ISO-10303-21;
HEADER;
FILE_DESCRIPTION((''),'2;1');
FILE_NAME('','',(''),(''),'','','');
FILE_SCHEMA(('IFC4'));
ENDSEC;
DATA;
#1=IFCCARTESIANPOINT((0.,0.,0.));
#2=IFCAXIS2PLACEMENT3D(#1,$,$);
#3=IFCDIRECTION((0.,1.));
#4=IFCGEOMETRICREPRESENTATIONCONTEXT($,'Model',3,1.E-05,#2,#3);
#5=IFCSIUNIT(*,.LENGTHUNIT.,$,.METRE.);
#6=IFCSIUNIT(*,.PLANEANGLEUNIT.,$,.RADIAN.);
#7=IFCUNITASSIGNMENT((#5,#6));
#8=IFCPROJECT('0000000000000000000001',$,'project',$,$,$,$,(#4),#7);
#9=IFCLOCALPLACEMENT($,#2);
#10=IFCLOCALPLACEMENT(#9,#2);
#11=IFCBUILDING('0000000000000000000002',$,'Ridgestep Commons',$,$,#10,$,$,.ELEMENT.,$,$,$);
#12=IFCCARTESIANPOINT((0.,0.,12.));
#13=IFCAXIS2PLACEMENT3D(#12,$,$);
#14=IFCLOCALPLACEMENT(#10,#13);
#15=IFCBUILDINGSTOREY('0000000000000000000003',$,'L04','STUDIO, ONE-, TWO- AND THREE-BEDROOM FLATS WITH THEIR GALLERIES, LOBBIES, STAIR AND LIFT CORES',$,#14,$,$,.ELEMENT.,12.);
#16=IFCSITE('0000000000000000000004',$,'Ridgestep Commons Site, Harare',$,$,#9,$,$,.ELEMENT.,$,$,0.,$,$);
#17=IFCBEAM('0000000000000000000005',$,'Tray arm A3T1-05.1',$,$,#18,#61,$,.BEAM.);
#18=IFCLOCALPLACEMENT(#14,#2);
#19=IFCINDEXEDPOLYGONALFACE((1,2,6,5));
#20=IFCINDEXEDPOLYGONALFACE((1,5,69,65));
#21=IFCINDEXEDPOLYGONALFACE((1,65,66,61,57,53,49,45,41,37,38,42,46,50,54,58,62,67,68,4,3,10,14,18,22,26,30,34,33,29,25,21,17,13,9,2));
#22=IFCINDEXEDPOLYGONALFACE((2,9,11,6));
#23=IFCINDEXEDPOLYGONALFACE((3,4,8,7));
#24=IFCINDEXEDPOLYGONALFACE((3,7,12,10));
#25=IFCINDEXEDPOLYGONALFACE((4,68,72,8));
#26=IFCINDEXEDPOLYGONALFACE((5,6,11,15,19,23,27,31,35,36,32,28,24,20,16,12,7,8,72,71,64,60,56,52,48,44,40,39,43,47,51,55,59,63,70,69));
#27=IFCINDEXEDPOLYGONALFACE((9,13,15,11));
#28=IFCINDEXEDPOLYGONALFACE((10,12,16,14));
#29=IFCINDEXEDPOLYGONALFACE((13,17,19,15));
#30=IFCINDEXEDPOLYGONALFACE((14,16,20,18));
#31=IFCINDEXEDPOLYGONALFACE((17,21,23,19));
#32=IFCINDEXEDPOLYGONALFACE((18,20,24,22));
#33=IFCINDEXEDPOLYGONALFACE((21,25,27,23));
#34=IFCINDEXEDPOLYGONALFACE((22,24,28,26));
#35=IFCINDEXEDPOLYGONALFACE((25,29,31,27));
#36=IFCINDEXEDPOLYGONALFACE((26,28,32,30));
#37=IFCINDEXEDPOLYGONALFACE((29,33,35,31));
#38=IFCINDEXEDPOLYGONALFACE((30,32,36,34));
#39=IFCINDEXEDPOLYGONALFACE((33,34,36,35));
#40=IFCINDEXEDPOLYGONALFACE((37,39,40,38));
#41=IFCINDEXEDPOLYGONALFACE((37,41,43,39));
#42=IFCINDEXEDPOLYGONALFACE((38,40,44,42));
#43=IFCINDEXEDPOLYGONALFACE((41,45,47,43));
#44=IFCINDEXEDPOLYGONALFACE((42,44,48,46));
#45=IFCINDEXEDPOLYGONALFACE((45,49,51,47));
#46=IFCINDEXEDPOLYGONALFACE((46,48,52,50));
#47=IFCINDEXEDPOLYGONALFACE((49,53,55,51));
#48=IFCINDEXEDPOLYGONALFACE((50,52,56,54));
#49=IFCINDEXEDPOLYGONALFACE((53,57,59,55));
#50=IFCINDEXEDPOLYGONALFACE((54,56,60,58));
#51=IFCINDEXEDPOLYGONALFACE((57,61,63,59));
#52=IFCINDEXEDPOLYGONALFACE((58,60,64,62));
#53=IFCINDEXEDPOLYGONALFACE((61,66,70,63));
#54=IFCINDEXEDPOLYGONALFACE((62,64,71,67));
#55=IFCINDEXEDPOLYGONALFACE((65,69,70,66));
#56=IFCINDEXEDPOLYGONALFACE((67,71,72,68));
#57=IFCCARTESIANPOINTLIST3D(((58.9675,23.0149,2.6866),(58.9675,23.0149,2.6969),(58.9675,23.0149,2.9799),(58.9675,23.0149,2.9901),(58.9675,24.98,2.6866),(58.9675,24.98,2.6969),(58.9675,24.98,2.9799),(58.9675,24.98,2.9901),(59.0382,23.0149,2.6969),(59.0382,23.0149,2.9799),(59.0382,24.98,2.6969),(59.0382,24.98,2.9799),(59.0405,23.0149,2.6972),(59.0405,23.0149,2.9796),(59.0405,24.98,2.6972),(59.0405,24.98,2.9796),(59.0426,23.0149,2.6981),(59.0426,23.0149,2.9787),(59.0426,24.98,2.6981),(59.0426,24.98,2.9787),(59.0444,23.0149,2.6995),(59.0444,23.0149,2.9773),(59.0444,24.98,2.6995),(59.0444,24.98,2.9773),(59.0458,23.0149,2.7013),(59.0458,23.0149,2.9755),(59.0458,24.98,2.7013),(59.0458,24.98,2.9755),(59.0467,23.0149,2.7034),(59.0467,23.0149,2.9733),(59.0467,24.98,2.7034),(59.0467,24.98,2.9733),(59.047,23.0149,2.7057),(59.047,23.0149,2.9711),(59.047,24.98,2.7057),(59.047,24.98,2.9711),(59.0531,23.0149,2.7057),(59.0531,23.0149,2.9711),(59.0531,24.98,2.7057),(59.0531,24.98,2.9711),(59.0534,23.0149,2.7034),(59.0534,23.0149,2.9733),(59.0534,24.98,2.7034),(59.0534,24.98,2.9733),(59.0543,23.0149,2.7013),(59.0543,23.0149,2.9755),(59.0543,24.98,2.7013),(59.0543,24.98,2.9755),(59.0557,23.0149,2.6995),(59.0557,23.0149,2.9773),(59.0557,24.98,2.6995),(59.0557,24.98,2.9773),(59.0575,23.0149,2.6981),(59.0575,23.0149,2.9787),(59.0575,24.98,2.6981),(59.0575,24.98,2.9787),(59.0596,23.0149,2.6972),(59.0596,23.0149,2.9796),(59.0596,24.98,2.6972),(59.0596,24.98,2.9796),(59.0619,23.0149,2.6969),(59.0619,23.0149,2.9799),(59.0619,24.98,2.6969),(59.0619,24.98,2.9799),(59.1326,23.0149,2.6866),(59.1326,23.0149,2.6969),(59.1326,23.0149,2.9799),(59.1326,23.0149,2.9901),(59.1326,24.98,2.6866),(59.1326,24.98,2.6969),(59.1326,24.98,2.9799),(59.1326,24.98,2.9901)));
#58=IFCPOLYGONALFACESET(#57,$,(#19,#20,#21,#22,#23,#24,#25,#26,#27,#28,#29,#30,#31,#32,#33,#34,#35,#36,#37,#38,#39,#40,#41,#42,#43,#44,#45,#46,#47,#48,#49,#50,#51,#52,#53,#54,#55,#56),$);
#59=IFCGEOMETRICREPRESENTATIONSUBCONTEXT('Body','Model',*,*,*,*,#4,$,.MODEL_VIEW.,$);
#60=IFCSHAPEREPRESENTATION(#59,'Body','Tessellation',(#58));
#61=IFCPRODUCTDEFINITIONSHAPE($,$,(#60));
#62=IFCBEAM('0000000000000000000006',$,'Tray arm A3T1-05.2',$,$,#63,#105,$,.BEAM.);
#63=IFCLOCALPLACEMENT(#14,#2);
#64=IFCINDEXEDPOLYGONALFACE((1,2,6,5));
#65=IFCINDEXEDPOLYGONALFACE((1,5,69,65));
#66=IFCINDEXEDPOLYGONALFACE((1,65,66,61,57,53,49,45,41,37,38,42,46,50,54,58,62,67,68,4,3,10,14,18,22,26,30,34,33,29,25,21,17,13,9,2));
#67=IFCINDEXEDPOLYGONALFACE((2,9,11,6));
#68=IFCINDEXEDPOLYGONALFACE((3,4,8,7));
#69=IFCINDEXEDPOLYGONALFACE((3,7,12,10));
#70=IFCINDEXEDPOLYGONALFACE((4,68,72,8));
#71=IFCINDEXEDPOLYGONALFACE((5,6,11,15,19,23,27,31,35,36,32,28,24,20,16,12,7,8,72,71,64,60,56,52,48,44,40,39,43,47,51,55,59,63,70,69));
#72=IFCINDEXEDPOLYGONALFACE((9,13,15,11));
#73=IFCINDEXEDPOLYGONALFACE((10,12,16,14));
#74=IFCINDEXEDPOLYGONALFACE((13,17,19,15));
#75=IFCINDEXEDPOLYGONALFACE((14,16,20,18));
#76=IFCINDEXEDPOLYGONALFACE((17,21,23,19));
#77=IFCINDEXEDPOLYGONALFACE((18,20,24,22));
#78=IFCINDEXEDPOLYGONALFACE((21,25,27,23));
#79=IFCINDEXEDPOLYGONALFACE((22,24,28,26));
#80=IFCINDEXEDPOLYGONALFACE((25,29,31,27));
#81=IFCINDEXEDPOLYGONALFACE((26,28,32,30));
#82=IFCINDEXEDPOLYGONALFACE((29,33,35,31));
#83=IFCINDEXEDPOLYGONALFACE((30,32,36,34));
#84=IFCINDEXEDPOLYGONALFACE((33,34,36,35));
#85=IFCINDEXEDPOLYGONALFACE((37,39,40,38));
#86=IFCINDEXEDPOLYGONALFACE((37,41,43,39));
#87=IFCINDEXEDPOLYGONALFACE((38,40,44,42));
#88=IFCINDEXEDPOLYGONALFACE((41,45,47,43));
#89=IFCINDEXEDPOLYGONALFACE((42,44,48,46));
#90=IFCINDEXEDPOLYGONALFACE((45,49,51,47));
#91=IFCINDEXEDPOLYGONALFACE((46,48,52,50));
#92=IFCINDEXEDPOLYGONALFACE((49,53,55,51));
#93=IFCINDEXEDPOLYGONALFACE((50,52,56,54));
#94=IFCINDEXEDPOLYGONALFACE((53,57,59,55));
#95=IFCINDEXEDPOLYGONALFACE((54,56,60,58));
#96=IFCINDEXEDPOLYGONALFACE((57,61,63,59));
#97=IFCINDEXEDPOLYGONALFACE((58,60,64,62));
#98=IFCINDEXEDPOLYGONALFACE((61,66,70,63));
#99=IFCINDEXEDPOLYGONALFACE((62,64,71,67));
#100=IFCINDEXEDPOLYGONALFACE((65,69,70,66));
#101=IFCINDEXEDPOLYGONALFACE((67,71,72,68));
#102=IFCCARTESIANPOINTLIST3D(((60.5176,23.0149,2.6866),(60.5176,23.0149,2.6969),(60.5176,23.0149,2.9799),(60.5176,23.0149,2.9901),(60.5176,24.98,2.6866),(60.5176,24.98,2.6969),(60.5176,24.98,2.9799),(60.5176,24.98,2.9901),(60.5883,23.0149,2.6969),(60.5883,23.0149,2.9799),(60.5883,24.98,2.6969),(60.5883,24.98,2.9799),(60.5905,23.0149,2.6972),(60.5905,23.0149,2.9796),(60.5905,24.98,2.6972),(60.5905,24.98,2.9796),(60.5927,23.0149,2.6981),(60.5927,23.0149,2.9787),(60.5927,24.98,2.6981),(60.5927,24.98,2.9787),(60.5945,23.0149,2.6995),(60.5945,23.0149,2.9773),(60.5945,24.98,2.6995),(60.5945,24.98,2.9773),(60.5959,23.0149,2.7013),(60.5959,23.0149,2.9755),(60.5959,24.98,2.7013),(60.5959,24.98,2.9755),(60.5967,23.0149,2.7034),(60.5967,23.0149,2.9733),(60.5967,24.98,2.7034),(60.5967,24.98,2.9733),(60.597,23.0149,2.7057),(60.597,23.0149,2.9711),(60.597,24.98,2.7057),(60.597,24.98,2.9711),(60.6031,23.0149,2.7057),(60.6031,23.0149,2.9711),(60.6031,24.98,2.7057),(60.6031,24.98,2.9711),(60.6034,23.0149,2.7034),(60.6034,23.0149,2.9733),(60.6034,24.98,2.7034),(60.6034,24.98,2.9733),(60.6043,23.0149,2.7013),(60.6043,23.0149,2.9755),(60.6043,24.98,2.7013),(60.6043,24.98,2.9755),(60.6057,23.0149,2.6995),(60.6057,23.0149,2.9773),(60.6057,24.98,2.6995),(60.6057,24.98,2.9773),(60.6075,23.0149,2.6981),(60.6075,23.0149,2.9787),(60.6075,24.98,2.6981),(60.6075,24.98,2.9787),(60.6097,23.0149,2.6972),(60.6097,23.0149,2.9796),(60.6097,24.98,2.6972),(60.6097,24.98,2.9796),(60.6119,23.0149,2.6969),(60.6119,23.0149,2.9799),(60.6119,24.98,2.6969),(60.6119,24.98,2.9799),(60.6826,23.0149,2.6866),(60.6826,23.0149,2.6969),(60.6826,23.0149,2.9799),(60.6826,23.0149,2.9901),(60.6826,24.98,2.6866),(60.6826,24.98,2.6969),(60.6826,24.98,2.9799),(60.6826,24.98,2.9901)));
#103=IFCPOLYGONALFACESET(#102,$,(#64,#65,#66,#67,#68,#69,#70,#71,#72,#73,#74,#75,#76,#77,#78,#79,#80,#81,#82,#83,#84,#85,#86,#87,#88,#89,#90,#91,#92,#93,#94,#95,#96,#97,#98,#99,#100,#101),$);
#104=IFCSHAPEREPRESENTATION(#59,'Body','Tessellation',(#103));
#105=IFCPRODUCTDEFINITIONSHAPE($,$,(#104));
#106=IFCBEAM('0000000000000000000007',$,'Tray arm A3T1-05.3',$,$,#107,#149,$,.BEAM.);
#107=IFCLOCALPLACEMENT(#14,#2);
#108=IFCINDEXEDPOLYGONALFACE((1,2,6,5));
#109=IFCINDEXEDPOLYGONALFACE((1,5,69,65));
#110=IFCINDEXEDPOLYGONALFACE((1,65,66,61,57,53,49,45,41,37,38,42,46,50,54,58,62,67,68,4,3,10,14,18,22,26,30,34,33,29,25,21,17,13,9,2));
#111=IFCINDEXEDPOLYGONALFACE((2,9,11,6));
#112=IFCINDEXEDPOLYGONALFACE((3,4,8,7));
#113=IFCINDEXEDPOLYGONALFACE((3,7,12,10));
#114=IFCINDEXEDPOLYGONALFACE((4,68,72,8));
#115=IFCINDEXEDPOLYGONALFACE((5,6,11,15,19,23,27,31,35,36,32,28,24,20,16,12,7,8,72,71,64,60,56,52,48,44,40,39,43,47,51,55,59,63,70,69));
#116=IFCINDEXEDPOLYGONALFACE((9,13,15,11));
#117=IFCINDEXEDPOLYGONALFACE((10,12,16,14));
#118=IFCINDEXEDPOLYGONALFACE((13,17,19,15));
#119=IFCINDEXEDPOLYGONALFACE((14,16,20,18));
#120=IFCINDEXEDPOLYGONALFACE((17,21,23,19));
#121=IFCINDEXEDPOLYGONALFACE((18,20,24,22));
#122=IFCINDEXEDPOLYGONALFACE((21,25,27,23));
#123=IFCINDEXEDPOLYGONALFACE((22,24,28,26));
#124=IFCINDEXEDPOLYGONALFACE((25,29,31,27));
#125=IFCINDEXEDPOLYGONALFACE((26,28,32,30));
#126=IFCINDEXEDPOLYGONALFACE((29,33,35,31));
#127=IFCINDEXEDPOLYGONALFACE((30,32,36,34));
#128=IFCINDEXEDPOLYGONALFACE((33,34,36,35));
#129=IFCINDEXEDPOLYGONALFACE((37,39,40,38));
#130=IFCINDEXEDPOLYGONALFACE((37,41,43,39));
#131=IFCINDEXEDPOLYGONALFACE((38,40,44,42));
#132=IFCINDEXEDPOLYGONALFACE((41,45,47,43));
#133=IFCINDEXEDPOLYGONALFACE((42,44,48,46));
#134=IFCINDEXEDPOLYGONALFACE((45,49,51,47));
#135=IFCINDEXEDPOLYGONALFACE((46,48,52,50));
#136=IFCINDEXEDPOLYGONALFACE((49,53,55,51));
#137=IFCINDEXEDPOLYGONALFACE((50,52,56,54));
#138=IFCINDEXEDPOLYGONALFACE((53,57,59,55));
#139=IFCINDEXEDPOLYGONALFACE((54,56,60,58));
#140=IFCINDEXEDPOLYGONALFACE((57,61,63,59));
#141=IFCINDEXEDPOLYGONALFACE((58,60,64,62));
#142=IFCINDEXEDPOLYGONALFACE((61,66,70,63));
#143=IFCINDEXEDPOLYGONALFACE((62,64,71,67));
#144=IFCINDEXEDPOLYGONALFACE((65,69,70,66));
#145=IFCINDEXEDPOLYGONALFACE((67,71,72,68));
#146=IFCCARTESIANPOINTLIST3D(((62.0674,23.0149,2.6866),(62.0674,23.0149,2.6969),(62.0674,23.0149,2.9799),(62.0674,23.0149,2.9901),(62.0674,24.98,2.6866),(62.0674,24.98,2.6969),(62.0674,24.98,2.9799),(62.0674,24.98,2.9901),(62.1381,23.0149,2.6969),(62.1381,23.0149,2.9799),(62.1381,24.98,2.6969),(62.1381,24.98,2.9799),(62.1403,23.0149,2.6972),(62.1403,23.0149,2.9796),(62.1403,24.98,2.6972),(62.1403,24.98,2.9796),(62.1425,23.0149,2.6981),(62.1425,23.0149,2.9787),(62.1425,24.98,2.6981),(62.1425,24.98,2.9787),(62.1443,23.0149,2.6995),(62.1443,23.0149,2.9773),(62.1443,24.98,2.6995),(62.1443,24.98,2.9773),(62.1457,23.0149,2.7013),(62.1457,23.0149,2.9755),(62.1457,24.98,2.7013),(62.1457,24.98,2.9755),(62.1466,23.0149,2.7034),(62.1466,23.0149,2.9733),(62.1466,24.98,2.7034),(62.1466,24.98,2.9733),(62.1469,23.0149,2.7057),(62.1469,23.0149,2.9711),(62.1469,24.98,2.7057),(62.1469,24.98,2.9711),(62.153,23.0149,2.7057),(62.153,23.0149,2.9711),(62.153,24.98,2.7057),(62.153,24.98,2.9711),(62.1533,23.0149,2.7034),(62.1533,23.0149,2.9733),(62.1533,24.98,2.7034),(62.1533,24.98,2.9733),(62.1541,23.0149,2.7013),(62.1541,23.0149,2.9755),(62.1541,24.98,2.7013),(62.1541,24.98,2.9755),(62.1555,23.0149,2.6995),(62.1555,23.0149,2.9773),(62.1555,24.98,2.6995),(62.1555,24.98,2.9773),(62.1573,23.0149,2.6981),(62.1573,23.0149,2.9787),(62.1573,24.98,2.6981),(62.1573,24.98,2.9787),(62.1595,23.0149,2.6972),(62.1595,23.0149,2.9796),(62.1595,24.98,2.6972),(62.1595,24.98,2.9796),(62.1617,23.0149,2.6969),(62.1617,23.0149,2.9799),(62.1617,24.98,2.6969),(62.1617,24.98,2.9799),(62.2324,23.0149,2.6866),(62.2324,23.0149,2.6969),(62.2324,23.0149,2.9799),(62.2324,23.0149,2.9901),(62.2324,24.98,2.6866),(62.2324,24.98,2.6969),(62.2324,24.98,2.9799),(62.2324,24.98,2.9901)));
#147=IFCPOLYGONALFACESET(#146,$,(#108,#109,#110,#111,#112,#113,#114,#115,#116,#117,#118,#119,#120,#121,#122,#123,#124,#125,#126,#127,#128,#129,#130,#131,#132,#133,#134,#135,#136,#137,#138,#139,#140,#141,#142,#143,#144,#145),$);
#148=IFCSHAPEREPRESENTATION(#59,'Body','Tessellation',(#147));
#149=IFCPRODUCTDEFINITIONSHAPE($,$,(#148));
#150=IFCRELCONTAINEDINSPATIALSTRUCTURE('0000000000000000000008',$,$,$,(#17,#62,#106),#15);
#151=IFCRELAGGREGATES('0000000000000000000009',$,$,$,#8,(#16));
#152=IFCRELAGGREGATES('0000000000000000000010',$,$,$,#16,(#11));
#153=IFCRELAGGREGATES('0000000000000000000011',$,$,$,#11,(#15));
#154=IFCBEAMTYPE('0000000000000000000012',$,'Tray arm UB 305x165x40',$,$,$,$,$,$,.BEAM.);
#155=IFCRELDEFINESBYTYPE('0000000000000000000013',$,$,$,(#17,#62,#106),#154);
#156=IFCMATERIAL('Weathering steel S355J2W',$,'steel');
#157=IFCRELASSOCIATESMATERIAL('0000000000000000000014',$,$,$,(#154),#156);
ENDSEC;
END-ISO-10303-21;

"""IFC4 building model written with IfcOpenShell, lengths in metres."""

from ifc_helpers import new_model, si_unit, direction, frame, origin, origin_2d, place, context, subcontext, project, spatial, i_section, extrude, material, material_profile, profile_set, type_object, element, save


model = new_model("IFC4")

# Units and contexts
model_context = context("Model", 3, precision=1e-05, world=origin(), true_north=direction((0.0, 1.0)))
body_context = subcontext(model_context, "Body", "Model", "MODEL_VIEW")
ifc_project = project(units=[si_unit("LENGTHUNIT", "METRE"), si_unit("PLANEANGLEUNIT", "RADIAN")], contexts=[model_context])

# Site, building, storey
site_placement = place(None, origin())
site = spatial("IfcSite", under=ifc_project, at=site_placement, Name="Ridgestep Commons Site, Harare", CompositionType="ELEMENT", RefElevation=0.0)
building_placement = place(site_placement, origin())
building = spatial("IfcBuilding", under=site, at=building_placement, Name="Ridgestep Commons", CompositionType="ELEMENT")
storey_placement = place(building_placement, frame((0.0, 0.0, 12.0)))
storey = spatial("IfcBuildingStorey", under=building, at=storey_placement, Name="L04", Description="STUDIO, ONE-, TWO- AND THREE-BEDROOM FLATS WITH THEIR GALLERIES, LOBBIES, STAIR AND LIFT CORES", CompositionType="ELEMENT", Elevation=12.0)

# Beams
ifc_material_1 = material(Name="Weathering steel S355J2W", Category="steel")
ifc_material_profile_1 = material_profile(ifc_material_1, i_section(OverallWidth=0.165, OverallDepth=0.3035, WebThickness=0.0061, FlangeThickness=0.0103, FilletRadius=0.0088, at=origin_2d()), Name="UB 305x165x40")
ifc_profile_set_1 = profile_set([ifc_material_profile_1], Name="Weathering steel S355J2W")
beam_type_1 = type_object("IfcBeamType", Name="Tray arm UB 305x165x40", PredefinedType="BEAM", material=ifc_profile_set_1)
for number, where, z_axis, x_axis, name in (
    (1, (59.05, 23.0149, 2.8384), (0.0, 1.0, 0.0), (-1.0, 0.0, 0.0), "Tray arm A3T1-05.1"),
    (2, (60.6001, 23.0149, 2.8384), (0.0, 1.0, 0.0), (-1.0, 0.0, 0.0), "Tray arm A3T1-05.2"),
    (3, (62.1499, 23.0149, 2.8384), (0.0, 1.0, 0.0), (-1.0, 0.0, 0.0), "Tray arm A3T1-05.3"),
):
    element("IfcBeam", number, at=place(storey_placement, frame(where, z_axis=z_axis, x_axis=x_axis)), inside=storey, type_object=beam_type_1, Name=name, PredefinedType="BEAM", context=body_context, shape_type="SweptSolid", body=[
        extrude(i_section(OverallWidth=0.165, OverallDepth=0.3035, WebThickness=0.0061, FlangeThickness=0.0103, FilletRadius=0.0088, at=origin_2d()), origin(), (0.0, 0.0, 1.0), 1.9651),
    ])

save(model, "model.ifc")
